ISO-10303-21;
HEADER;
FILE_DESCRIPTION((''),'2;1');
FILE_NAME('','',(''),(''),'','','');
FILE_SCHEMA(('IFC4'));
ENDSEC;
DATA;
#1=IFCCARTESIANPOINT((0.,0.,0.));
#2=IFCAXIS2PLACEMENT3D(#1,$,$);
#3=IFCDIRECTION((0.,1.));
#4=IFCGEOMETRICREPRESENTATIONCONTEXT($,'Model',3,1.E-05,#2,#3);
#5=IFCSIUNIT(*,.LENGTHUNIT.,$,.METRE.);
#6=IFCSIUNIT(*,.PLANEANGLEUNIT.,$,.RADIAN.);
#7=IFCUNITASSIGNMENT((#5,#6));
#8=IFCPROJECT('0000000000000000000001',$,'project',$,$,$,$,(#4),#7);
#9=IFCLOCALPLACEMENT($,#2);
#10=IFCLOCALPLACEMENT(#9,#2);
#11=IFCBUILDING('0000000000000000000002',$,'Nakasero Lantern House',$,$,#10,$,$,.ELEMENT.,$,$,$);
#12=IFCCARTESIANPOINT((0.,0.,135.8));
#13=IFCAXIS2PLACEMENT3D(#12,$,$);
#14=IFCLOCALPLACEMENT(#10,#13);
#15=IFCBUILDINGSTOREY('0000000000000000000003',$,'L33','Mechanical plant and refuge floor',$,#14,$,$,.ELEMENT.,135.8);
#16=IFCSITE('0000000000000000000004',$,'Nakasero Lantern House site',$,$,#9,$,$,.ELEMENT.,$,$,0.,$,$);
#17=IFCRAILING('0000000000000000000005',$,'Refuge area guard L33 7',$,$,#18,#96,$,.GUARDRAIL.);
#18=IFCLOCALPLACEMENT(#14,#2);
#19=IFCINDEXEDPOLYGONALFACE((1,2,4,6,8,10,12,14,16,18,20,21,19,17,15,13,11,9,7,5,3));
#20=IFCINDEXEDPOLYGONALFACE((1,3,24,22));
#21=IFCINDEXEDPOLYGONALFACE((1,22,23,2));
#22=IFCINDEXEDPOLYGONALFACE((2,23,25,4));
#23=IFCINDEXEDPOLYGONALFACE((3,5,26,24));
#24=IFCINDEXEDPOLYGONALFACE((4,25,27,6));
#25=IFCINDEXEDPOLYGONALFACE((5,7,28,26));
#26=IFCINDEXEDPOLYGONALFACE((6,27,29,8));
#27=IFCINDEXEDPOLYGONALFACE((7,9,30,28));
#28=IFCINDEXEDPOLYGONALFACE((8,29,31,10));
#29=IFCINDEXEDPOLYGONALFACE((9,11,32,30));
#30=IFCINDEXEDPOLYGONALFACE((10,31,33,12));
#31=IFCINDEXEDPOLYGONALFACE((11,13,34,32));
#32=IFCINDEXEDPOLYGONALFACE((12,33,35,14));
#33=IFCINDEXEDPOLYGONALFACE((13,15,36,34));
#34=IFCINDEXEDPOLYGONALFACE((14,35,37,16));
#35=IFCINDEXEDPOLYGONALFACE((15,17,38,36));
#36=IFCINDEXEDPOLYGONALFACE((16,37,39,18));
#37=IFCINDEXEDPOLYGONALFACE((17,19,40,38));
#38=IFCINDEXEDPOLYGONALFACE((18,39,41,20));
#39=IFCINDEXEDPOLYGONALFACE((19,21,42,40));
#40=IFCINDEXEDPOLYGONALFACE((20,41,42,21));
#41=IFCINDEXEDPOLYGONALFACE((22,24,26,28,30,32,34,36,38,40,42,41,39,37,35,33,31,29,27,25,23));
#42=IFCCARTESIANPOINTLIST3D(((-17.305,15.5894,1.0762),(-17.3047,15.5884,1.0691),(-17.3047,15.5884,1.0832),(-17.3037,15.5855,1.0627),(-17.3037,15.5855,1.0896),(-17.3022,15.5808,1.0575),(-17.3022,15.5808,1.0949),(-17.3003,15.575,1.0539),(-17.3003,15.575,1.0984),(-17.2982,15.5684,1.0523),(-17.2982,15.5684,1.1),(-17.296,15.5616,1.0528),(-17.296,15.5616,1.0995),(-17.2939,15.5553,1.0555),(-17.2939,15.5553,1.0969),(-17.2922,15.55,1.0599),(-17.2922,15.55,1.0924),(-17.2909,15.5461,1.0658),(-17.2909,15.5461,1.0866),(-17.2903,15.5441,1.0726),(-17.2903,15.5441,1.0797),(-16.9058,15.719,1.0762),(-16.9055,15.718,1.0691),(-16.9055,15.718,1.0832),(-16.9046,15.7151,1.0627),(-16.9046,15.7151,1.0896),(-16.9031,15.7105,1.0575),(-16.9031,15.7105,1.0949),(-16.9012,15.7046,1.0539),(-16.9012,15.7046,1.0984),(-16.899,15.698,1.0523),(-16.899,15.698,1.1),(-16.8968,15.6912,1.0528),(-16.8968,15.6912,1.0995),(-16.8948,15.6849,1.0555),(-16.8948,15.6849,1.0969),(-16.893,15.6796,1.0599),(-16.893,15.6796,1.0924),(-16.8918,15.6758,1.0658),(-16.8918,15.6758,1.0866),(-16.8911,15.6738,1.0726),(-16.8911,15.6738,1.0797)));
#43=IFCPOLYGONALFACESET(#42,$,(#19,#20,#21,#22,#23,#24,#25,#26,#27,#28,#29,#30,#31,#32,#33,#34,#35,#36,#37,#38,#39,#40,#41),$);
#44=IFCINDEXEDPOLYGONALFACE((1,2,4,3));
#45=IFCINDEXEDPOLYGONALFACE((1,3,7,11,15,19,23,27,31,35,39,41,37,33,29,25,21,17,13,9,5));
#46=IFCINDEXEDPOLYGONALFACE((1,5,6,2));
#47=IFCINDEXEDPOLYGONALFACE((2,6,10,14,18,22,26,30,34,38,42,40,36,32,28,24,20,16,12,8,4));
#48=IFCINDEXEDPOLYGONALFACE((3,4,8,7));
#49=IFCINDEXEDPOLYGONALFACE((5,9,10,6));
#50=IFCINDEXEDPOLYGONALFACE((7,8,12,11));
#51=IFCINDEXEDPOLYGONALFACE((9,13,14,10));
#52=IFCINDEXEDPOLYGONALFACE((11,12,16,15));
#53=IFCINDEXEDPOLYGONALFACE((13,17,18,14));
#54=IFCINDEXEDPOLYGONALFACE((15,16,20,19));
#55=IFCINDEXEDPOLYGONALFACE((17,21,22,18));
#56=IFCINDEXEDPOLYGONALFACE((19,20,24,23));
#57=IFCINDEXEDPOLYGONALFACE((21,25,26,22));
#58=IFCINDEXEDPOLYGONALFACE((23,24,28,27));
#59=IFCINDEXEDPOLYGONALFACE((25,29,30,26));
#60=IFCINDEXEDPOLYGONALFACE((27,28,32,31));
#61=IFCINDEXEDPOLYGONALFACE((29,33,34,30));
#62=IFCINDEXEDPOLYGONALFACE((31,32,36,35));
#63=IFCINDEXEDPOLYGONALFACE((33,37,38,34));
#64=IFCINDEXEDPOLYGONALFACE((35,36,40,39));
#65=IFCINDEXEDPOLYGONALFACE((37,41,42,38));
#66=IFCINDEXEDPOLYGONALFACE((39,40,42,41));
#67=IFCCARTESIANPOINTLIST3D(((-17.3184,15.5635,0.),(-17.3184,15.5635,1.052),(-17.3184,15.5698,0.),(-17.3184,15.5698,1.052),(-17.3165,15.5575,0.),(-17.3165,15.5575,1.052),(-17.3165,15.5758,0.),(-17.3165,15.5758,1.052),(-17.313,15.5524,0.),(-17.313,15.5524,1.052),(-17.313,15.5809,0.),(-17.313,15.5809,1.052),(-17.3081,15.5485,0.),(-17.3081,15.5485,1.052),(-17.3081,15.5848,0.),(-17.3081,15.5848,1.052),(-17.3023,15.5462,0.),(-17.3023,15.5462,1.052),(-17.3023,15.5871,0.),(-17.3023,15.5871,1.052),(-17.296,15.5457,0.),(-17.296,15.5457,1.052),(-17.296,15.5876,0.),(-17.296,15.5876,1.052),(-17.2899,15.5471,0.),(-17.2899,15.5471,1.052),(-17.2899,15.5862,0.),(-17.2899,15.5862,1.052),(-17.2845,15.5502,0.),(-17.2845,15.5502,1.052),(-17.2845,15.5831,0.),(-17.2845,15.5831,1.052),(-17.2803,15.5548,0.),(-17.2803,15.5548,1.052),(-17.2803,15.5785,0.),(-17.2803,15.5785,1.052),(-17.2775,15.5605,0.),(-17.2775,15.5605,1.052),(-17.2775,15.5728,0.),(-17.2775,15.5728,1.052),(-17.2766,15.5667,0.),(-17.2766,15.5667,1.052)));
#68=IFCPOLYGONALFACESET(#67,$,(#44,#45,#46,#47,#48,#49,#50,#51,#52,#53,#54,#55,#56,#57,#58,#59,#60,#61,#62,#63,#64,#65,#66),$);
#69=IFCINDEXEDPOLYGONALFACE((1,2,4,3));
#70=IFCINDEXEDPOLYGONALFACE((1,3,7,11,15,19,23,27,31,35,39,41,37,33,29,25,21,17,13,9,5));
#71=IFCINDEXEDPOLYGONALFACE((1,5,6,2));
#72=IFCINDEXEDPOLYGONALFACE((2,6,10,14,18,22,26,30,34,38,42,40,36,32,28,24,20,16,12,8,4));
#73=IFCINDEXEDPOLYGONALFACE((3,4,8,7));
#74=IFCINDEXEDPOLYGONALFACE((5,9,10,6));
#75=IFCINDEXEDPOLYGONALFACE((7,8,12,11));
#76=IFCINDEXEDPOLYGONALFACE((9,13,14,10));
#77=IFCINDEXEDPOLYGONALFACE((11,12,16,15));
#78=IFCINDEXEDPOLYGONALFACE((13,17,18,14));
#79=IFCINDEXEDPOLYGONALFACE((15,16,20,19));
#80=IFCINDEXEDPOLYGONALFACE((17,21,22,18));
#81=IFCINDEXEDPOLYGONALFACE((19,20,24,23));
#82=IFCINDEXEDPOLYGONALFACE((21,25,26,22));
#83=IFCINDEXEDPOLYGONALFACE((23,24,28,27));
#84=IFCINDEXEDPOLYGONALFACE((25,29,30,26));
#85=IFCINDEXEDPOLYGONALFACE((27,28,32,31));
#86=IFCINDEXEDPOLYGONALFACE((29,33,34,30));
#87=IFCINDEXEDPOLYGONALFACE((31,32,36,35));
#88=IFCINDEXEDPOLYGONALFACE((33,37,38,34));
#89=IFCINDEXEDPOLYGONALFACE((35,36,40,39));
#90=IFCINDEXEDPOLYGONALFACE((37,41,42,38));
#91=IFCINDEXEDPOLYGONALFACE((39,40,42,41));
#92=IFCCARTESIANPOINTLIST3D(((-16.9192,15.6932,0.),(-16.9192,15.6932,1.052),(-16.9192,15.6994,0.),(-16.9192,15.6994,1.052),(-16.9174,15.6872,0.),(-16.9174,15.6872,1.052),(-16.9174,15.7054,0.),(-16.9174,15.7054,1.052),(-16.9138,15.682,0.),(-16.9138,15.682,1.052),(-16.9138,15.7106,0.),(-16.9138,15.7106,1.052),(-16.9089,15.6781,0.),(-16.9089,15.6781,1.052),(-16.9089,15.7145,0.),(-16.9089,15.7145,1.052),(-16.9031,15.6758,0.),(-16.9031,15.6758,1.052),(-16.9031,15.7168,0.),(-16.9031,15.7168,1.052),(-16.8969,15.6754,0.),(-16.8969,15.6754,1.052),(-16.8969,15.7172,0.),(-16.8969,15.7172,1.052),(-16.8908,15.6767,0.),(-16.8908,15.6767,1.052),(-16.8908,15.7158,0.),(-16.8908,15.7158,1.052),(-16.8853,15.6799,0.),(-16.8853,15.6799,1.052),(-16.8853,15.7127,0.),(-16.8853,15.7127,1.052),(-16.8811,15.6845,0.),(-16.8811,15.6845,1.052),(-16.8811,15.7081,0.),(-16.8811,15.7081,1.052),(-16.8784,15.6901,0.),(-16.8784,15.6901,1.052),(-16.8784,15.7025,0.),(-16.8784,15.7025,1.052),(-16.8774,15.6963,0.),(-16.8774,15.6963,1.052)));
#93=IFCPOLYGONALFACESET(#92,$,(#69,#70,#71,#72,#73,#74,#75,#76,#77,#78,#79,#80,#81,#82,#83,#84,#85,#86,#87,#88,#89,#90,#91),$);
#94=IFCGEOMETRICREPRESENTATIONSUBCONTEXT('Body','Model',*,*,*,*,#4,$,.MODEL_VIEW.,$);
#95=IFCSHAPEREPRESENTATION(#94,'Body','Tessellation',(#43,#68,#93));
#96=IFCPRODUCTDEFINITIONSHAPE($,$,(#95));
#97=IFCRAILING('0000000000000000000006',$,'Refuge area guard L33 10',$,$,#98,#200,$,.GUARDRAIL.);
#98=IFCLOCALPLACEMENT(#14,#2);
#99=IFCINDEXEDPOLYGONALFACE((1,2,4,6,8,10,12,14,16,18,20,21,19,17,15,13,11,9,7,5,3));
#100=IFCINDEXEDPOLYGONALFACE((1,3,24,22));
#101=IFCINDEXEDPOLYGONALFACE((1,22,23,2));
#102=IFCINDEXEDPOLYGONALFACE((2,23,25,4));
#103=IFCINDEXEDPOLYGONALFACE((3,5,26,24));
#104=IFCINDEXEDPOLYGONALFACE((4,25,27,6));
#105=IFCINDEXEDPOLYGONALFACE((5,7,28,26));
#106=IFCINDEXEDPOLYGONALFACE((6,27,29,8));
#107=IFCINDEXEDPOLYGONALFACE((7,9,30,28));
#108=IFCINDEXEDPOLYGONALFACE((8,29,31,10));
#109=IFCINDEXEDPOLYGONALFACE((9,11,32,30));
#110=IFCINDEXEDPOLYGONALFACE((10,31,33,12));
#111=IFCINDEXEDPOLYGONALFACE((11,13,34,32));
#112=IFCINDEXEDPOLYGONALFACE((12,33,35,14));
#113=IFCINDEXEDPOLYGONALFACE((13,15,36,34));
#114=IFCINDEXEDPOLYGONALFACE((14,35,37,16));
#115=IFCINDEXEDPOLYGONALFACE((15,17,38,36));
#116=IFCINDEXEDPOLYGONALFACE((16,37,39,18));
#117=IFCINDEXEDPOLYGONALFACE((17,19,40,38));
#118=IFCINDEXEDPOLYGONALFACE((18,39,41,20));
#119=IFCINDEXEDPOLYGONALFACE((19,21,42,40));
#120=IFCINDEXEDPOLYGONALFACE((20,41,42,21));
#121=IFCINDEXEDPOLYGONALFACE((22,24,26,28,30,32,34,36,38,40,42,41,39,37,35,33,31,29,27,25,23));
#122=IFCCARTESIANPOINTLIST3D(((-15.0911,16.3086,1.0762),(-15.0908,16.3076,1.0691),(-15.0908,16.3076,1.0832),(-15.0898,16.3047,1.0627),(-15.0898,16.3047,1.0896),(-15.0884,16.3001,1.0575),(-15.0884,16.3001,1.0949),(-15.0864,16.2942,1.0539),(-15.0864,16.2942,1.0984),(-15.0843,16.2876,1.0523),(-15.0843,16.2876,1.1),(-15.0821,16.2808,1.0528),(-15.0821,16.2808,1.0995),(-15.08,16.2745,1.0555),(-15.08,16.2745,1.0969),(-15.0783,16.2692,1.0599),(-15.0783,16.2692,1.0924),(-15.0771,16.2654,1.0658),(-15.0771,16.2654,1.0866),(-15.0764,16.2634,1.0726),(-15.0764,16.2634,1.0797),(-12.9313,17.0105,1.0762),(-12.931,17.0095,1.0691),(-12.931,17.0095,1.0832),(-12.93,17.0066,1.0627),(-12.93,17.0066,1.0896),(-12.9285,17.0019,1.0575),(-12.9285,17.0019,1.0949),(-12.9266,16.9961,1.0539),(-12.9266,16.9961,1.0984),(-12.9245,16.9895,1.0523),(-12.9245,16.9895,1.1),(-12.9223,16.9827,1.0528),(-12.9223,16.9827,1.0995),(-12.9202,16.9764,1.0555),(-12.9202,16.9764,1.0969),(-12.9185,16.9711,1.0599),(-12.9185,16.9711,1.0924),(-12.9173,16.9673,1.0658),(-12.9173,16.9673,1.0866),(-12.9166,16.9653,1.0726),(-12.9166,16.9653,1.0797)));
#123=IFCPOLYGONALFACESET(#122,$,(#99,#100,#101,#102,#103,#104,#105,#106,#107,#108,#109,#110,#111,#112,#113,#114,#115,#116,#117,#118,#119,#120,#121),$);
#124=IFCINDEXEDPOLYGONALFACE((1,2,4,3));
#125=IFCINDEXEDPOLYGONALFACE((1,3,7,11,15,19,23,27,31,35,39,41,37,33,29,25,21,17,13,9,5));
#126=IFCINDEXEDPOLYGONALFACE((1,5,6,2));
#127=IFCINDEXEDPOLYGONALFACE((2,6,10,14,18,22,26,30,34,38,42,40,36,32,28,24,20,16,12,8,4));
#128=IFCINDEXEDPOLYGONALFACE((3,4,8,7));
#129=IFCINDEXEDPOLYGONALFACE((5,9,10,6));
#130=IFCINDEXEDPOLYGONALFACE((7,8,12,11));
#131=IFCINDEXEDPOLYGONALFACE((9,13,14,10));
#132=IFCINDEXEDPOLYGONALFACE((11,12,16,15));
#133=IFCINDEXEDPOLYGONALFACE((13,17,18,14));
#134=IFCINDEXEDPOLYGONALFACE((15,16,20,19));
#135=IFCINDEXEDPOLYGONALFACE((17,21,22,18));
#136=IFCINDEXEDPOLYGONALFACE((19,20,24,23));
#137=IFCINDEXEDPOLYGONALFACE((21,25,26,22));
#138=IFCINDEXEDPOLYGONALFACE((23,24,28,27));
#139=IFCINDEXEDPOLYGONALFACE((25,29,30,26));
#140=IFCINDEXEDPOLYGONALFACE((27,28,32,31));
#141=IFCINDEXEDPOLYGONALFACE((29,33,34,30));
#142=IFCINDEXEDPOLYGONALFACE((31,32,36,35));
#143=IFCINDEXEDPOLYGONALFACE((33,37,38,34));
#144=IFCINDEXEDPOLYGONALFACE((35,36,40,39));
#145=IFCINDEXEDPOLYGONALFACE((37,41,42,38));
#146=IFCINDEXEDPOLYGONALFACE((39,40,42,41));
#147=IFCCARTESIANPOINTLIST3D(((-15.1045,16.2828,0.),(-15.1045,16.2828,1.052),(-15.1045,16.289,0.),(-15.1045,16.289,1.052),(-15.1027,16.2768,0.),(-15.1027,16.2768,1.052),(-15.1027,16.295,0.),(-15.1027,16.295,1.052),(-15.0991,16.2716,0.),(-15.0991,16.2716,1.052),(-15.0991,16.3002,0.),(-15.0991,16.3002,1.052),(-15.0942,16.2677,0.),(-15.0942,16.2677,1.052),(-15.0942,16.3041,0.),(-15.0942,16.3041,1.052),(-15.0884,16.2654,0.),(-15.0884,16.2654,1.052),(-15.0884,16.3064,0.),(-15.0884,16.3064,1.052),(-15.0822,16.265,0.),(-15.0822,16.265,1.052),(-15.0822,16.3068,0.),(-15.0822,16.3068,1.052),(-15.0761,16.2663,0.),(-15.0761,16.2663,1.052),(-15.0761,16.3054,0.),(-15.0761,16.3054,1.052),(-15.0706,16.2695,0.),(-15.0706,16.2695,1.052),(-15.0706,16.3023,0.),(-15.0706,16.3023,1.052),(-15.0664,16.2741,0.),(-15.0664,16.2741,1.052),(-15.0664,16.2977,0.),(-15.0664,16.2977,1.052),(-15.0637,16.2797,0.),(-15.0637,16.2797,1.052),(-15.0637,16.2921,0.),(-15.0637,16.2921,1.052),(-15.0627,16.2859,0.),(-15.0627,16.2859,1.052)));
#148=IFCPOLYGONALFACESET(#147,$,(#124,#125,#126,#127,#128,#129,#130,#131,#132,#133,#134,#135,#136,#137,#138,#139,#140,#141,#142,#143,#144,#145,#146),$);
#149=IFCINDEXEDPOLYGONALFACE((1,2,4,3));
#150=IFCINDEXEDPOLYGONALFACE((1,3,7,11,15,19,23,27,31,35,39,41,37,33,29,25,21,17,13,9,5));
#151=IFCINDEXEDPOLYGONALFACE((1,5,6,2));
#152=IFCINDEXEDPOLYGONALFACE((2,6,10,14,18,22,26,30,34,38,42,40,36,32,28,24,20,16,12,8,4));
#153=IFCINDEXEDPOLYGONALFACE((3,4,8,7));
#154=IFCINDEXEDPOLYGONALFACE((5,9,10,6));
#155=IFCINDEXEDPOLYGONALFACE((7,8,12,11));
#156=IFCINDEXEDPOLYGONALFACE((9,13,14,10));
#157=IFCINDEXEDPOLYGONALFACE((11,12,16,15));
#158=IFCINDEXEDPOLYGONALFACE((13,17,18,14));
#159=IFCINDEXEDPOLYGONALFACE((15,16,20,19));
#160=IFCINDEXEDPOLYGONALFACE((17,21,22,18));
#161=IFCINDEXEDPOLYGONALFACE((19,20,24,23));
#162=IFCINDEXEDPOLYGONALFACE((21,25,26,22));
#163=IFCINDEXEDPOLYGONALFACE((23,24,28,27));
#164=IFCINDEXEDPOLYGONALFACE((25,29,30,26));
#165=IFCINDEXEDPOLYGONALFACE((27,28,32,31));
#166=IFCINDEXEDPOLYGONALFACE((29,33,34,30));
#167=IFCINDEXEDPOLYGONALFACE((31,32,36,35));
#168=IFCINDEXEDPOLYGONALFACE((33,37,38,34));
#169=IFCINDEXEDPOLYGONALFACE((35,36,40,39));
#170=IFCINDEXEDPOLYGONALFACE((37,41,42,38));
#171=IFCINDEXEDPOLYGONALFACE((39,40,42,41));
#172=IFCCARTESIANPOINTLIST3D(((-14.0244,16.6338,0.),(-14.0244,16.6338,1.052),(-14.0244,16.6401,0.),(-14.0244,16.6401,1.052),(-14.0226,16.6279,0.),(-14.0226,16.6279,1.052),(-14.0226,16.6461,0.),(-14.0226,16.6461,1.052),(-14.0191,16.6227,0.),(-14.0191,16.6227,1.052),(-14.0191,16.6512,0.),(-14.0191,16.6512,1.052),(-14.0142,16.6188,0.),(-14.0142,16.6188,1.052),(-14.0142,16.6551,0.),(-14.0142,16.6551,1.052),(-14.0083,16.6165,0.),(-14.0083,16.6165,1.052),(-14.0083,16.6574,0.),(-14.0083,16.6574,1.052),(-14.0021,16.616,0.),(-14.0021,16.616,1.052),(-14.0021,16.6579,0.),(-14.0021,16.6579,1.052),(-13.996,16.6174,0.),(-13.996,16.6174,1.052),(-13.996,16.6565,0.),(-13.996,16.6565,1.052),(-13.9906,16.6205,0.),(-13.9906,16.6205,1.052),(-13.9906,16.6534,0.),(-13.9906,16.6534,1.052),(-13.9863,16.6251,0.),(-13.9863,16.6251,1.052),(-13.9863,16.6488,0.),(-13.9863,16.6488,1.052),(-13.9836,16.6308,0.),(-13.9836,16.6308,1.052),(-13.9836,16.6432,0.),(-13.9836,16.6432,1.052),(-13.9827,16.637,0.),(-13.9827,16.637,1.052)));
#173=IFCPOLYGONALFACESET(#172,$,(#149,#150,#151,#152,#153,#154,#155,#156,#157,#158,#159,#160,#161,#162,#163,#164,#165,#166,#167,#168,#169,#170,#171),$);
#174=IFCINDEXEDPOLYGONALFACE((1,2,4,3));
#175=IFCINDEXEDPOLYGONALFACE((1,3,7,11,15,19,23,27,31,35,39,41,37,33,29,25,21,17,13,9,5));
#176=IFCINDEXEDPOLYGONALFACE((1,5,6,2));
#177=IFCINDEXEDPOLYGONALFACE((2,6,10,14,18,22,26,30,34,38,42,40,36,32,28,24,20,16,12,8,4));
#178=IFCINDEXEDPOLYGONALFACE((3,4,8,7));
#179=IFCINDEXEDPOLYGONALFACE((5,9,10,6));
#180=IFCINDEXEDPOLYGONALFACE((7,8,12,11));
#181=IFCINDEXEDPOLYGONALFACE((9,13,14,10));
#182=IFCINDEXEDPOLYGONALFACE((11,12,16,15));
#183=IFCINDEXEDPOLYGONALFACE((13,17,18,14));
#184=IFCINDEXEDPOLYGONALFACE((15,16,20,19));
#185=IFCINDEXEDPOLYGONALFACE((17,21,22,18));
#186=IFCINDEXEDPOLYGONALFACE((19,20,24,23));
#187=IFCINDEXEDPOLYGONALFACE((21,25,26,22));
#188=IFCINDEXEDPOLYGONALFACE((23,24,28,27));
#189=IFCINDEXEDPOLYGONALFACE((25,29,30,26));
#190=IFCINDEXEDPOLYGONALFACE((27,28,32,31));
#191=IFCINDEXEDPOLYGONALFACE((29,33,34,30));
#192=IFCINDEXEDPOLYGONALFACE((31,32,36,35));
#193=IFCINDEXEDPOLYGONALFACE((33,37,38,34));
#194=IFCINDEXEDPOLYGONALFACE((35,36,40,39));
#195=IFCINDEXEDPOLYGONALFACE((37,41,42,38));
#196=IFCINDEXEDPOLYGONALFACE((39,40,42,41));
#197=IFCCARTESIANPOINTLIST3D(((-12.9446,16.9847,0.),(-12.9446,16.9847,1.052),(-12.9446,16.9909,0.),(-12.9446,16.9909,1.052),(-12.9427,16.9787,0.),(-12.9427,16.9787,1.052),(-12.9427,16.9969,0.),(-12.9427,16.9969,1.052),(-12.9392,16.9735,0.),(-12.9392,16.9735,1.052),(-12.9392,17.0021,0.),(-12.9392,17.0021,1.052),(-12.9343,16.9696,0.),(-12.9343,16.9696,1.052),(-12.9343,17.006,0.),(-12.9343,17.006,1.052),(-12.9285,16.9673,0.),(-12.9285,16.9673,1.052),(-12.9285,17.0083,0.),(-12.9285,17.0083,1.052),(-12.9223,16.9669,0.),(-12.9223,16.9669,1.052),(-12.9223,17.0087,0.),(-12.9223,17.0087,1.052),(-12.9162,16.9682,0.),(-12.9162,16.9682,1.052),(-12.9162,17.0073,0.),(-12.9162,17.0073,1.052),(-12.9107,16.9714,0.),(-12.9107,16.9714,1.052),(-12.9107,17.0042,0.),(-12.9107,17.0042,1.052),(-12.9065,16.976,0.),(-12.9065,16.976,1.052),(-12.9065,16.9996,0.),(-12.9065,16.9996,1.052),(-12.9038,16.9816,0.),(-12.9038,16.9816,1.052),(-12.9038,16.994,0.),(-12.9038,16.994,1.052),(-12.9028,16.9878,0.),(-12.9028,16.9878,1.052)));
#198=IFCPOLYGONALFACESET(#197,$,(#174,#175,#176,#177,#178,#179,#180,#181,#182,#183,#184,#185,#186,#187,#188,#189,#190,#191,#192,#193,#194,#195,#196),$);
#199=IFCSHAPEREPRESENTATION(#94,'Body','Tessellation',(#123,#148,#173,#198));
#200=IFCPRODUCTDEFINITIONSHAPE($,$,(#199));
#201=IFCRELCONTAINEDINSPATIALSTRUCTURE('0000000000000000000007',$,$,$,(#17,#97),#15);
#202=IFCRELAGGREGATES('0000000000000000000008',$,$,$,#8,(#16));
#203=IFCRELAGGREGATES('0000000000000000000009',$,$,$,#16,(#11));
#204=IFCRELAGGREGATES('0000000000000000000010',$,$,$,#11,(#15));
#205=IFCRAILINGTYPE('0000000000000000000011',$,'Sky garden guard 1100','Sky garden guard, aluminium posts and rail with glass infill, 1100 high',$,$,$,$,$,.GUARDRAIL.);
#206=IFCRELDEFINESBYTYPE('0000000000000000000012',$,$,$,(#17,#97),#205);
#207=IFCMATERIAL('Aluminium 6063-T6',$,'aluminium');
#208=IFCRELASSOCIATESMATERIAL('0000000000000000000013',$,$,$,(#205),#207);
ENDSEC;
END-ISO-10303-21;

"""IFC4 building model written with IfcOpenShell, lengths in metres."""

from ifc_helpers import new_model, si_unit, direction, frame, origin, origin_2d, place, context, subcontext, project, spatial, circle, extrude, material, type_object, element, save


model = new_model("IFC4")

# Units and contexts
model_context = context("Model", 3, precision=1e-05, world=origin(), true_north=direction((0.0, 1.0)))
body_context = subcontext(model_context, "Body", "Model", "MODEL_VIEW")
ifc_project = project(units=[si_unit("LENGTHUNIT", "METRE"), si_unit("PLANEANGLEUNIT", "RADIAN")], contexts=[model_context])

# Site, building, storey
site_placement = place(None, origin())
site = spatial("IfcSite", under=ifc_project, at=site_placement, Name="Nakasero Lantern House site", CompositionType="ELEMENT", RefElevation=0.0)
building_placement = place(site_placement, origin())
building = spatial("IfcBuilding", under=site, at=building_placement, Name="Nakasero Lantern House", CompositionType="ELEMENT")
storey_placement = place(building_placement, frame((0.0, 0.0, 135.8)))
storey = spatial("IfcBuildingStorey", under=building, at=storey_placement, Name="L33", Description="Mechanical plant and refuge floor", CompositionType="ELEMENT", Elevation=135.8)

# Railings
ifc_material_1 = material(Name="Aluminium 6063-T6", Category="aluminium")
railing_type = type_object("IfcRailingType", Name="Sky garden guard 1100", Description="Sky garden guard, aluminium posts and rail with glass infill, 1100 high", PredefinedType="GUARDRAIL", material=ifc_material_1)
railing_1_placement = place(storey_placement, frame((-17.2976, 15.5667, 0.0)))
element("IfcRailing", 1, at=railing_1_placement, inside=storey, type_object=railing_type, Name="Refuge area guard L33 7", PredefinedType="GUARDRAIL", context=body_context, shape_type="SweptSolid", body=[
    extrude(circle(Radius=0.0239, at=origin_2d()), frame((0.0, 0.0, 1.0762), z_axis=(0.951098, 0.308889, 0.0), x_axis=(-0.308889, 0.951098, 0.0)), (0.0, 0.0, 1.0), 0.4197),
    extrude(circle(Radius=0.021, at=origin_2d()), origin(), (0.0, 0.0, 1.0), 1.052),
    extrude(circle(Radius=0.021, at=origin_2d()), frame((0.3992, 0.1296, 0.0)), (0.0, 0.0, 1.0), 1.052),
])
railing_2_placement = place(storey_placement, frame((-15.0837, 16.2859, 0.0)))
element("IfcRailing", 2, at=railing_2_placement, inside=storey, type_object=railing_type, Name="Refuge area guard L33 10", PredefinedType="GUARDRAIL", context=body_context, shape_type="SweptSolid", body=[
    extrude(circle(Radius=0.0239, at=origin_2d()), frame((0.0, 0.0, 1.0762), z_axis=(0.951043, 0.309059, 0.0), x_axis=(-0.309059, 0.951043, 0.0)), (0.0, 0.0, 1.0), 2.271),
    extrude(circle(Radius=0.021, at=origin_2d()), origin(), (0.0, 0.0, 1.0), 1.052),
    extrude(circle(Radius=0.021, at=origin_2d()), frame((1.0801, 0.3511, 0.0)), (0.0, 0.0, 1.0), 1.052),
    extrude(circle(Radius=0.021, at=origin_2d()), frame((2.1599, 0.7019, 0.0)), (0.0, 0.0, 1.0), 1.052),
])

save(model, "model.ifc")
